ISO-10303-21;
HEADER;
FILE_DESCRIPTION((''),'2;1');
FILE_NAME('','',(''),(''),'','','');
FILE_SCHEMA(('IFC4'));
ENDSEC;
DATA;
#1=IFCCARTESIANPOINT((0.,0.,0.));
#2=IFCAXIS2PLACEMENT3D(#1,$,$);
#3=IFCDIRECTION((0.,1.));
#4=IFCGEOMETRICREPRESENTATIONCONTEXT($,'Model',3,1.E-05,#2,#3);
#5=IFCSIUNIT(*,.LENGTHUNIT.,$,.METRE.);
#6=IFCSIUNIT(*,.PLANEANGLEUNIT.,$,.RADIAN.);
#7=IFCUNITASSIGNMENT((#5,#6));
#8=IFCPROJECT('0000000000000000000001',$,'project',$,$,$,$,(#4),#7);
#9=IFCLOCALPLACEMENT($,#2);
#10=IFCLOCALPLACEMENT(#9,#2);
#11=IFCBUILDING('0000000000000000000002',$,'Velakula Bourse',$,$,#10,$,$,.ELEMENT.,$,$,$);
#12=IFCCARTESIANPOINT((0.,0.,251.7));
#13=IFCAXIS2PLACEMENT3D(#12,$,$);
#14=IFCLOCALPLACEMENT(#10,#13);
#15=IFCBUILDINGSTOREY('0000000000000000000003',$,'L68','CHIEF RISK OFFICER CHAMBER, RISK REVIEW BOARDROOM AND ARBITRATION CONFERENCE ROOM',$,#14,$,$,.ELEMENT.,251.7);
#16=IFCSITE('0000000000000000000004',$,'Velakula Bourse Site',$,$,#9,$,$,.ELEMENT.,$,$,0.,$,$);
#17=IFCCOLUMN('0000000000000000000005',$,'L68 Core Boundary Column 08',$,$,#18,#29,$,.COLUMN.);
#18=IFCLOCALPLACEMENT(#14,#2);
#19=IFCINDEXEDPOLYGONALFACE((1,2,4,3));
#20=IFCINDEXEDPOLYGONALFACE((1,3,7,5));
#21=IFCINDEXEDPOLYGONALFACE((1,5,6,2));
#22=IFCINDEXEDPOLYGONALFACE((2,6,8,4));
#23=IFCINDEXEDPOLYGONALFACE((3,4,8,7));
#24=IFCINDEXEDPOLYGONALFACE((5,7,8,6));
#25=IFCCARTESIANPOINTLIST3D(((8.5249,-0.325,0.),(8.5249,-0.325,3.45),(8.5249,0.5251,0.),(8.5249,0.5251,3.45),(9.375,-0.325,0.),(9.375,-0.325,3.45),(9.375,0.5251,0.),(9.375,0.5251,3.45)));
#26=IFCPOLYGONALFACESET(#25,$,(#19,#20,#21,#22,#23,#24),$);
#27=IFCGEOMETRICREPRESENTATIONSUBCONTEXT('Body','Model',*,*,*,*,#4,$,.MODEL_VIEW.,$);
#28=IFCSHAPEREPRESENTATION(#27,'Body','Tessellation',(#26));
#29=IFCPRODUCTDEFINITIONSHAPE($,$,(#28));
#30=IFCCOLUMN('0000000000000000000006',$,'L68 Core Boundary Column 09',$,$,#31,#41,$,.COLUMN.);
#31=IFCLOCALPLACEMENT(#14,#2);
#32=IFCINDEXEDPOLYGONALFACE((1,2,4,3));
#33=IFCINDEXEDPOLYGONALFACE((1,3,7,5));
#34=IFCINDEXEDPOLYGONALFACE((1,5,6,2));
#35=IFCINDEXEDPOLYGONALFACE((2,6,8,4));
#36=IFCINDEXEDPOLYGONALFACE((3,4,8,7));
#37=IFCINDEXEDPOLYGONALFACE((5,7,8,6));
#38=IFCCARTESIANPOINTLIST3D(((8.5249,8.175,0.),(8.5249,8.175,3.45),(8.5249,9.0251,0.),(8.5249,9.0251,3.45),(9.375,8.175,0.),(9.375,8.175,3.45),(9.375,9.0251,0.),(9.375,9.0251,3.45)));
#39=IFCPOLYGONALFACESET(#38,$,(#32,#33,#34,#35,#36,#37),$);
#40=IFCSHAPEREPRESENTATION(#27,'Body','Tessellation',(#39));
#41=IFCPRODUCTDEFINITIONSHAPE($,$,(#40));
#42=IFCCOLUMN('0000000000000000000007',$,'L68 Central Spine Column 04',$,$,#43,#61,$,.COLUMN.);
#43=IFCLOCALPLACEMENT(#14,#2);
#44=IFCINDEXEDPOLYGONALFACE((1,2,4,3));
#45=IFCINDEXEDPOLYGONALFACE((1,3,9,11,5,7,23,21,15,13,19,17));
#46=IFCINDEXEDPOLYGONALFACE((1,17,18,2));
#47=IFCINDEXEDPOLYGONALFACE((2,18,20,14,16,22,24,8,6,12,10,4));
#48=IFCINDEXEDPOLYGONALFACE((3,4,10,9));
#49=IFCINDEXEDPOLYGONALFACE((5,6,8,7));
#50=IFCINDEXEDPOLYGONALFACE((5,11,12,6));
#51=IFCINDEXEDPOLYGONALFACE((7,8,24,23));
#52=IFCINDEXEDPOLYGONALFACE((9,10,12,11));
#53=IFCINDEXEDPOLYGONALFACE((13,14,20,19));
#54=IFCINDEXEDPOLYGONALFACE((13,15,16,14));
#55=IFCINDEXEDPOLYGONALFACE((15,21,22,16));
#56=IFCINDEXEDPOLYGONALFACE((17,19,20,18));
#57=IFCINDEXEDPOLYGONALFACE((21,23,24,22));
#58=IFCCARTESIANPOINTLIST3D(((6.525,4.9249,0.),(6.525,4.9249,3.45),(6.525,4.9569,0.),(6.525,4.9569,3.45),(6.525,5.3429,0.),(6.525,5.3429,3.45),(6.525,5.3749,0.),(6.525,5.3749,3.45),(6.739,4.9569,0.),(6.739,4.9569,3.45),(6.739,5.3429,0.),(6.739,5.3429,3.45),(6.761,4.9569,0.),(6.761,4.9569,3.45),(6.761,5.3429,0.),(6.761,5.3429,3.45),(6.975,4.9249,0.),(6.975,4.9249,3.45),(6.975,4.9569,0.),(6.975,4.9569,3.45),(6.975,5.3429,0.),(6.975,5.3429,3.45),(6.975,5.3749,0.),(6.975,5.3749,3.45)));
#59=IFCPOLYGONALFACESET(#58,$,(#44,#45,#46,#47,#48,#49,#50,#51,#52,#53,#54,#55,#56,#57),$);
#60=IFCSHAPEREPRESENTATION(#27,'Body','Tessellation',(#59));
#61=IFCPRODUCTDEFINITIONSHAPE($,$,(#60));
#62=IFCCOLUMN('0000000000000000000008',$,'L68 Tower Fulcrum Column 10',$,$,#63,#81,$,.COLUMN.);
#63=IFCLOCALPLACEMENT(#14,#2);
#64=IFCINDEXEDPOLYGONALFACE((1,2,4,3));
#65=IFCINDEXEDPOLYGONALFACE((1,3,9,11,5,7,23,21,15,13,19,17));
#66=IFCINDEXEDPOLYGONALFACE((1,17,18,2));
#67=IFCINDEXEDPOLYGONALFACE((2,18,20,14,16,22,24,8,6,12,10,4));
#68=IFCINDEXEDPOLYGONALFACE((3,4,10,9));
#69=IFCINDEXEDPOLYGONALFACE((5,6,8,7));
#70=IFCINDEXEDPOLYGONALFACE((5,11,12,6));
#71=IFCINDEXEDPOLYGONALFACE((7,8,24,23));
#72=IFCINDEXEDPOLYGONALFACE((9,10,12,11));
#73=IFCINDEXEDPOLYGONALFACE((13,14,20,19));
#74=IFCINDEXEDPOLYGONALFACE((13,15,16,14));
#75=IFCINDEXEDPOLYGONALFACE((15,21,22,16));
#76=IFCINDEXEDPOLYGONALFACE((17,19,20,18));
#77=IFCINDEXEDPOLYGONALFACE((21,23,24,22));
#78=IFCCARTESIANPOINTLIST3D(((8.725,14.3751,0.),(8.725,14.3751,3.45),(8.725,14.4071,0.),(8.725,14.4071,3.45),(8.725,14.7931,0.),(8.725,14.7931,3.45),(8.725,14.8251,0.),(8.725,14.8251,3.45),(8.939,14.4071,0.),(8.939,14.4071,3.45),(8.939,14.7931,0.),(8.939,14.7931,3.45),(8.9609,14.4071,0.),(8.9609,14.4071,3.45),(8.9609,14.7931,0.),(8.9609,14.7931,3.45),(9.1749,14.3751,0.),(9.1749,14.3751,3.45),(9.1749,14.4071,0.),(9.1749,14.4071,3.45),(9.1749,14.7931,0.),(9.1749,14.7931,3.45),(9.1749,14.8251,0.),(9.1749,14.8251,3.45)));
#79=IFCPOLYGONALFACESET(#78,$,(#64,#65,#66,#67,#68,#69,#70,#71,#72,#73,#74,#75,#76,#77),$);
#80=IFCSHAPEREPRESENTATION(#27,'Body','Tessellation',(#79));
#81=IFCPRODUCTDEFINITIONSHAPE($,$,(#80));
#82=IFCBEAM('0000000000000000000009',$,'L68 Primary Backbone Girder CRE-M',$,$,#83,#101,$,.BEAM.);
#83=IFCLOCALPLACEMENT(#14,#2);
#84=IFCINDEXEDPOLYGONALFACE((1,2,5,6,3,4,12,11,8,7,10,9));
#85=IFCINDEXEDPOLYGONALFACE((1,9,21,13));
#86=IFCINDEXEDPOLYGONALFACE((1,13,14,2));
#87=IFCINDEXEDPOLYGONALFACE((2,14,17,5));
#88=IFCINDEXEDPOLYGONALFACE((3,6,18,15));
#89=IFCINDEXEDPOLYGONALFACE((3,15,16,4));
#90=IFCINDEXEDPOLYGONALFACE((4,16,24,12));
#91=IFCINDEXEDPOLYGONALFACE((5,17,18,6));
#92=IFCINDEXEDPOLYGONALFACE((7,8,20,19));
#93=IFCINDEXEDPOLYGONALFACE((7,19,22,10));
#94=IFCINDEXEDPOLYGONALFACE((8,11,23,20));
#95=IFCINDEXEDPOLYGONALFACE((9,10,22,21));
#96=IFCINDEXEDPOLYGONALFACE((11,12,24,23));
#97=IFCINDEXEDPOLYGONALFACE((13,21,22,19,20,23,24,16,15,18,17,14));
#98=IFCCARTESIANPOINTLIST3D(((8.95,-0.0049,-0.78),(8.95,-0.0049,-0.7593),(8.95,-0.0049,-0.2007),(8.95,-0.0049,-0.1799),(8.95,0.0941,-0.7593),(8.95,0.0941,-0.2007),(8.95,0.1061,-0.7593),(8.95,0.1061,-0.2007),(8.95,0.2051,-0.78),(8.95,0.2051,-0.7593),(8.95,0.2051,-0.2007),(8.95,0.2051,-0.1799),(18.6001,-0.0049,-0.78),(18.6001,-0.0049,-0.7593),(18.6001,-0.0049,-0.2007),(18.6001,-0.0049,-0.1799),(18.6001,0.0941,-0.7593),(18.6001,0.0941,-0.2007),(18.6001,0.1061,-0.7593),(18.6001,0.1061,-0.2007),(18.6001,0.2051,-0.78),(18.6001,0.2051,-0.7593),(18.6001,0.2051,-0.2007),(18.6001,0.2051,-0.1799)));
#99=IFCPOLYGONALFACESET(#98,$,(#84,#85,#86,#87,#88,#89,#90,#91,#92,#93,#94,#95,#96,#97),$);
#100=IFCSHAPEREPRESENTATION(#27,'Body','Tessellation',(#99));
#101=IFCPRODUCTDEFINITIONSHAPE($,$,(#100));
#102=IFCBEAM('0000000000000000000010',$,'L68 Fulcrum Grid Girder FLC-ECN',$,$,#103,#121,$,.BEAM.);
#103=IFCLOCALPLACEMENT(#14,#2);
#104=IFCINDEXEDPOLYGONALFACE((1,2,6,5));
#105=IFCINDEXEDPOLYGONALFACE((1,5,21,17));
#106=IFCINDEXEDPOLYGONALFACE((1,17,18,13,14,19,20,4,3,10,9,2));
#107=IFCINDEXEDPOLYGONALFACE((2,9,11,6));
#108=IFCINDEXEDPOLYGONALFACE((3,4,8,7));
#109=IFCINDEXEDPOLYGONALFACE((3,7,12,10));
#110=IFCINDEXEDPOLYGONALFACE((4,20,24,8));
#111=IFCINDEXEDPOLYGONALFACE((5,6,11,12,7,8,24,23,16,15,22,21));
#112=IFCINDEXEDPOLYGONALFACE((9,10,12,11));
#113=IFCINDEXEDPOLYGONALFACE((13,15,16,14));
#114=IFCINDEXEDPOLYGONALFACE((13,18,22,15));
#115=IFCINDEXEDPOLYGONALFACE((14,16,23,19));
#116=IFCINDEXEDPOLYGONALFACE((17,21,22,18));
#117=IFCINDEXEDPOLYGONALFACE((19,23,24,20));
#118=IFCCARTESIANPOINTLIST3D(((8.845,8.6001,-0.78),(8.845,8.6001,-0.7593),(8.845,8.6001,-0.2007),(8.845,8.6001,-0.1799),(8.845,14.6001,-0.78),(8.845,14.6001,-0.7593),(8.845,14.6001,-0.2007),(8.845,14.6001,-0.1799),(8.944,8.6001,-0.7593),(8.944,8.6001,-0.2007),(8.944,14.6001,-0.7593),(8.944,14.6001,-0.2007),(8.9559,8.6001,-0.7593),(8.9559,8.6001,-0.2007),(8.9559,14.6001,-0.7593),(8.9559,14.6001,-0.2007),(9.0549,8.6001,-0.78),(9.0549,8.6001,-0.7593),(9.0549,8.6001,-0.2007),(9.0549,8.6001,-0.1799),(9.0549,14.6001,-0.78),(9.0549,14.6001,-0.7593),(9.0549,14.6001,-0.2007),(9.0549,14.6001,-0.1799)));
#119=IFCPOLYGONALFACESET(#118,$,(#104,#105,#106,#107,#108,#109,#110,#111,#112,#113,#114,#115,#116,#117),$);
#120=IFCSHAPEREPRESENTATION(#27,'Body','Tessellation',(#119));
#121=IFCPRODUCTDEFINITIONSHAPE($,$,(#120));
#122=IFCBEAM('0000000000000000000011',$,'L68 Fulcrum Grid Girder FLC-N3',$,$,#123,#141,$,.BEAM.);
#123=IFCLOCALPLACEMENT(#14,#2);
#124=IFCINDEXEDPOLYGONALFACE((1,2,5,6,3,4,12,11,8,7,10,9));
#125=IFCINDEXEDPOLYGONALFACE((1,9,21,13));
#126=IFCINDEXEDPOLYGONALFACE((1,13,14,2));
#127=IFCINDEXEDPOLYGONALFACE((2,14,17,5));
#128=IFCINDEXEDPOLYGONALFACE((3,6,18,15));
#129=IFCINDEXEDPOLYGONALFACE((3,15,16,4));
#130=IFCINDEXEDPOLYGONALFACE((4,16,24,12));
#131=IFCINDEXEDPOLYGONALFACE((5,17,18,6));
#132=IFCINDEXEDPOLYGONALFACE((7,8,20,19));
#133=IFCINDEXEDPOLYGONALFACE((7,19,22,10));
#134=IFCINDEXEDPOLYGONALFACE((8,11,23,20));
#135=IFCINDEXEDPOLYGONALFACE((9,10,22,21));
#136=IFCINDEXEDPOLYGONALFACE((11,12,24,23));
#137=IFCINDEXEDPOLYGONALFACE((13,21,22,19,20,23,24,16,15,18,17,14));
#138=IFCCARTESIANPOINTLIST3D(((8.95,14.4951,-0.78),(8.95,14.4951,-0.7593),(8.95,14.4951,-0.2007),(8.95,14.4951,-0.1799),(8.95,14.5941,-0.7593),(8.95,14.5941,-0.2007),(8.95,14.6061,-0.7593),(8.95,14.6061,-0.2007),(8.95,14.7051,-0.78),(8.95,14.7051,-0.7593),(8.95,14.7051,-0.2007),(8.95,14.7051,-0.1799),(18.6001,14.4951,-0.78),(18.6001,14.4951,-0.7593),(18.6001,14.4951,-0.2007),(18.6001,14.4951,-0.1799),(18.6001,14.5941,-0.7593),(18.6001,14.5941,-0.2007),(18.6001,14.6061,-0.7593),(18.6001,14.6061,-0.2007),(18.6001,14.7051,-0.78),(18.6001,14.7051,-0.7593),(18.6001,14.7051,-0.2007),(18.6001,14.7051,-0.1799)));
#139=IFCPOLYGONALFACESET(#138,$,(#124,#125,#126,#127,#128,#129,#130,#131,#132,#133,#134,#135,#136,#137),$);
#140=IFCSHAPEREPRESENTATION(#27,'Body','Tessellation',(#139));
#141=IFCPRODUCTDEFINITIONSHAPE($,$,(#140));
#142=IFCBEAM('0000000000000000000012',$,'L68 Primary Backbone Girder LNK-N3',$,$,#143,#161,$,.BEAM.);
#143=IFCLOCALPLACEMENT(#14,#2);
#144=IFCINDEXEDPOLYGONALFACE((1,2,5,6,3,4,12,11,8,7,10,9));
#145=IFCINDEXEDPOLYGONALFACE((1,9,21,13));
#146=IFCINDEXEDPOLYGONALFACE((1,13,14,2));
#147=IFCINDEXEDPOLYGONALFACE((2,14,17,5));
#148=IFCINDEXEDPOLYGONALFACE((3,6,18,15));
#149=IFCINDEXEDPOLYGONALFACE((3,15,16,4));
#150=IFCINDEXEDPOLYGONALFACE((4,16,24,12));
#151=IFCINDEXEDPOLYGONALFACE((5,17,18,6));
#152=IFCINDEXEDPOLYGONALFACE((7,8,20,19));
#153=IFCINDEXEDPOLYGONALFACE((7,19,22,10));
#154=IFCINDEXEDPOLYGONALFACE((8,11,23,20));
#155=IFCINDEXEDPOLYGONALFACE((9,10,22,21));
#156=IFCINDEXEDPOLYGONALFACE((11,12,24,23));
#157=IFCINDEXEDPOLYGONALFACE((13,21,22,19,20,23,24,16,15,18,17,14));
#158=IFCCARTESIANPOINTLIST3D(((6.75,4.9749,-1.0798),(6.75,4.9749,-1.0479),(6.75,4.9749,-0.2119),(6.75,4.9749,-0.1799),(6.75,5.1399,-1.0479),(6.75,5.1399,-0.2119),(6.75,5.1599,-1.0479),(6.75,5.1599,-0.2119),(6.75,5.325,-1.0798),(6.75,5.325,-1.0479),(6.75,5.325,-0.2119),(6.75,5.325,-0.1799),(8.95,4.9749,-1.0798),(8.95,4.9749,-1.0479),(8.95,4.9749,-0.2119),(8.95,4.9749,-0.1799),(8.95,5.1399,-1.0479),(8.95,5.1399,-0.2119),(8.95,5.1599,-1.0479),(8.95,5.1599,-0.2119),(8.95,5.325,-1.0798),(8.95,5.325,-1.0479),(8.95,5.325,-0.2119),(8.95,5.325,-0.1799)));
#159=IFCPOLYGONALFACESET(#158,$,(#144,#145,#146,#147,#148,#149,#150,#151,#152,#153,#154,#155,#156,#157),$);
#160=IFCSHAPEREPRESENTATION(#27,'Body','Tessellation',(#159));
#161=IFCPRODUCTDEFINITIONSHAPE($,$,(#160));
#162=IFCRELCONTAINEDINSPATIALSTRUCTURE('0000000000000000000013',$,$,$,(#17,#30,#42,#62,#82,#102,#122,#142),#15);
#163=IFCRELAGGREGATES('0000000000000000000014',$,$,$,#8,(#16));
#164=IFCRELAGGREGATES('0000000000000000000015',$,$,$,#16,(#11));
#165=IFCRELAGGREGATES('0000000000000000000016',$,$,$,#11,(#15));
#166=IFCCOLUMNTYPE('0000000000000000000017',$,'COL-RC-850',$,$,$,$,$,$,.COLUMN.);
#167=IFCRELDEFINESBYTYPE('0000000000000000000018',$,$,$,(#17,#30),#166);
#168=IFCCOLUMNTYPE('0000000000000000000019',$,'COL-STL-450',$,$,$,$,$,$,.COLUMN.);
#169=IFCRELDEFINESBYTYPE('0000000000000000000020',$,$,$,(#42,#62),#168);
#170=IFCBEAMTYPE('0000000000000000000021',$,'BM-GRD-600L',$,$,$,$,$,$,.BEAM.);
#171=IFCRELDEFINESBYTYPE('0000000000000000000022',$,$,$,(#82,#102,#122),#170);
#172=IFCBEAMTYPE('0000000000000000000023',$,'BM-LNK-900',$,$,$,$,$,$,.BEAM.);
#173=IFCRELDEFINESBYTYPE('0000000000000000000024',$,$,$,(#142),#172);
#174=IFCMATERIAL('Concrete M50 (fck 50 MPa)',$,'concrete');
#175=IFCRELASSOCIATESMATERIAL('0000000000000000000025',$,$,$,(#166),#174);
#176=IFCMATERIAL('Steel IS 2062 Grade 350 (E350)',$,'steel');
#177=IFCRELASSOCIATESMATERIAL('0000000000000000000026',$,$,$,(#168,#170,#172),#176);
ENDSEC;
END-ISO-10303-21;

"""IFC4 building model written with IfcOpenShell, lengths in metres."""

from ifc_helpers import new_model, si_unit, direction, frame, origin, origin_2d, place, context, subcontext, project, spatial, rectangle, i_section, extrude, material, material_profile, profile_set, type_object, element, save


model = new_model("IFC4")

# Units and contexts
model_context = context("Model", 3, precision=1e-05, world=origin(), true_north=direction((0.0, 1.0)))
body_context = subcontext(model_context, "Body", "Model", "MODEL_VIEW")
ifc_project = project(units=[si_unit("LENGTHUNIT", "METRE"), si_unit("PLANEANGLEUNIT", "RADIAN")], contexts=[model_context])

# Site, building, storey
site_placement = place(None, origin())
site = spatial("IfcSite", under=ifc_project, at=site_placement, Name="Velakula Bourse Site", CompositionType="ELEMENT", RefElevation=0.0)
building_placement = place(site_placement, origin())
building = spatial("IfcBuilding", under=site, at=building_placement, Name="Velakula Bourse", CompositionType="ELEMENT")
storey_placement = place(building_placement, frame((0.0, 0.0, 251.7)))
storey = spatial("IfcBuildingStorey", under=building, at=storey_placement, Name="L68", Description="CHIEF RISK OFFICER CHAMBER, RISK REVIEW BOARDROOM AND ARBITRATION CONFERENCE ROOM", CompositionType="ELEMENT", Elevation=251.7)

# Columns
ifc_material_1 = material(Name="Concrete M50 (fck 50 MPa)", Category="concrete")
ifc_material_profile_1 = material_profile(ifc_material_1, rectangle(XDim=0.8501, YDim=0.8501, at=origin_2d()), Name="Concrete M50 (fck 50 MPa)")
ifc_profile_set_1 = profile_set([ifc_material_profile_1], Name="Concrete M50 (fck 50 MPa)")
column_type_1 = type_object("IfcColumnType", Name="COL-RC-850", PredefinedType="COLUMN", material=ifc_profile_set_1)
for number, where, z_axis, x_axis, name in (
    (1, (8.95, 0.1001, 0.0), (0.0, 0.0, 1.0), (1.0, 0.0, 0.0), "L68 Core Boundary Column 08"),
    (2, (8.95, 8.6001, 0.0), (0.0, 0.0, 1.0), (1.0, 0.0, 0.0), "L68 Core Boundary Column 09"),
):
    element("IfcColumn", number, at=place(storey_placement, frame(where, z_axis=z_axis, x_axis=x_axis)), inside=storey, type_object=column_type_1, Name=name, PredefinedType="COLUMN", context=body_context, shape_type="SweptSolid", body=[
        extrude(rectangle(XDim=0.8501, YDim=0.8501, at=origin_2d()), origin(), (0.0, 0.0, 1.0), 3.45),
    ])
ifc_material_2 = material(Name="Steel IS 2062 Grade 350 (E350)", Category="steel")
ifc_material_profile_2 = material_profile(ifc_material_2, i_section(OverallWidth=0.45, OverallDepth=0.45, WebThickness=0.022, FlangeThickness=0.032, at=origin_2d()), Name="Steel IS 2062 Grade 350 (E350)")
ifc_profile_set_2 = profile_set([ifc_material_profile_2], Name="Steel IS 2062 Grade 350 (E350)")
column_type_2 = type_object("IfcColumnType", Name="COL-STL-450", PredefinedType="COLUMN", material=ifc_profile_set_2)
for number, where, z_axis, x_axis, name in (
    (3, (6.75, 5.1499, 0.0), (0.0, 0.0, 1.0), (1.0, 0.0, 0.0), "L68 Central Spine Column 04"),
    (4, (8.95, 14.6001, 0.0), (0.0, 0.0, 1.0), (1.0, 0.0, 0.0), "L68 Tower Fulcrum Column 10"),
):
    element("IfcColumn", number, at=place(storey_placement, frame(where, z_axis=z_axis, x_axis=x_axis)), inside=storey, type_object=column_type_2, Name=name, PredefinedType="COLUMN", context=body_context, shape_type="SweptSolid", body=[
        extrude(i_section(OverallWidth=0.45, OverallDepth=0.45, WebThickness=0.022, FlangeThickness=0.032, at=origin_2d()), origin(), (0.0, 0.0, 1.0), 3.45),
    ])

# Beams
ifc_material_profile_3 = material_profile(ifc_material_2, i_section(OverallWidth=0.21, OverallDepth=0.6001, WebThickness=0.012, FlangeThickness=0.0208, at=origin_2d()), Name="Steel IS 2062 Grade 350 (E350)")
ifc_profile_set_3 = profile_set([ifc_material_profile_3], Name="Steel IS 2062 Grade 350 (E350)")
beam_type_1 = type_object("IfcBeamType", Name="BM-GRD-600L", PredefinedType="BEAM", material=ifc_profile_set_3)
beam_1_placement = place(storey_placement, frame((8.95, 0.1001, -0.48), z_axis=(1.0, 0.0, 0.0), x_axis=(0.0, 1.0, 0.0)))
element("IfcBeam", 5, at=beam_1_placement, inside=storey, type_object=beam_type_1, Name="L68 Primary Backbone Girder CRE-M", PredefinedType="BEAM", context=body_context, shape_type="SweptSolid", body=[
    extrude(i_section(OverallWidth=0.21, OverallDepth=0.6001, WebThickness=0.012, FlangeThickness=0.0208, at=origin_2d()), origin(), (0.0, 0.0, 1.0), 9.6501),
])
beam_2_placement = place(storey_placement, frame((8.95, 8.6001, -0.48), z_axis=(0.0, 1.0, 0.0), x_axis=(-1.0, 0.0, 0.0)))
element("IfcBeam", 6, at=beam_2_placement, inside=storey, type_object=beam_type_1, Name="L68 Fulcrum Grid Girder FLC-ECN", PredefinedType="BEAM", context=body_context, shape_type="SweptSolid", body=[
    extrude(i_section(OverallWidth=0.21, OverallDepth=0.6001, WebThickness=0.012, FlangeThickness=0.0208, at=origin_2d()), origin(), (0.0, 0.0, 1.0), 6.0),
])
beam_3_placement = place(storey_placement, frame((8.95, 14.6001, -0.48), z_axis=(1.0, 0.0, 0.0), x_axis=(0.0, 1.0, 0.0)))
element("IfcBeam", 7, at=beam_3_placement, inside=storey, type_object=beam_type_1, Name="L68 Fulcrum Grid Girder FLC-N3", PredefinedType="BEAM", context=body_context, shape_type="SweptSolid", body=[
    extrude(i_section(OverallWidth=0.21, OverallDepth=0.6001, WebThickness=0.012, FlangeThickness=0.0208, at=origin_2d()), origin(), (0.0, 0.0, 1.0), 9.6501),
])
ifc_material_profile_4 = material_profile(ifc_material_2, i_section(OverallWidth=0.3501, OverallDepth=0.8999, WebThickness=0.02, FlangeThickness=0.032, at=origin_2d()), Name="Steel IS 2062 Grade 350 (E350)")
ifc_profile_set_4 = profile_set([ifc_material_profile_4], Name="Steel IS 2062 Grade 350 (E350)")
beam_type_2 = type_object("IfcBeamType", Name="BM-LNK-900", PredefinedType="BEAM", material=ifc_profile_set_4)
beam_4_placement = place(storey_placement, frame((6.75, 5.1499, -0.6299), z_axis=(1.0, 0.0, 0.0), x_axis=(0.0, 1.0, 0.0)))
element("IfcBeam", 8, at=beam_4_placement, inside=storey, type_object=beam_type_2, Name="L68 Primary Backbone Girder LNK-N3", PredefinedType="BEAM", context=body_context, shape_type="SweptSolid", body=[
    extrude(i_section(OverallWidth=0.3501, OverallDepth=0.8999, WebThickness=0.02, FlangeThickness=0.032, at=origin_2d()), origin(), (0.0, 0.0, 1.0), 2.2),
])

save(model, "model.ifc")
